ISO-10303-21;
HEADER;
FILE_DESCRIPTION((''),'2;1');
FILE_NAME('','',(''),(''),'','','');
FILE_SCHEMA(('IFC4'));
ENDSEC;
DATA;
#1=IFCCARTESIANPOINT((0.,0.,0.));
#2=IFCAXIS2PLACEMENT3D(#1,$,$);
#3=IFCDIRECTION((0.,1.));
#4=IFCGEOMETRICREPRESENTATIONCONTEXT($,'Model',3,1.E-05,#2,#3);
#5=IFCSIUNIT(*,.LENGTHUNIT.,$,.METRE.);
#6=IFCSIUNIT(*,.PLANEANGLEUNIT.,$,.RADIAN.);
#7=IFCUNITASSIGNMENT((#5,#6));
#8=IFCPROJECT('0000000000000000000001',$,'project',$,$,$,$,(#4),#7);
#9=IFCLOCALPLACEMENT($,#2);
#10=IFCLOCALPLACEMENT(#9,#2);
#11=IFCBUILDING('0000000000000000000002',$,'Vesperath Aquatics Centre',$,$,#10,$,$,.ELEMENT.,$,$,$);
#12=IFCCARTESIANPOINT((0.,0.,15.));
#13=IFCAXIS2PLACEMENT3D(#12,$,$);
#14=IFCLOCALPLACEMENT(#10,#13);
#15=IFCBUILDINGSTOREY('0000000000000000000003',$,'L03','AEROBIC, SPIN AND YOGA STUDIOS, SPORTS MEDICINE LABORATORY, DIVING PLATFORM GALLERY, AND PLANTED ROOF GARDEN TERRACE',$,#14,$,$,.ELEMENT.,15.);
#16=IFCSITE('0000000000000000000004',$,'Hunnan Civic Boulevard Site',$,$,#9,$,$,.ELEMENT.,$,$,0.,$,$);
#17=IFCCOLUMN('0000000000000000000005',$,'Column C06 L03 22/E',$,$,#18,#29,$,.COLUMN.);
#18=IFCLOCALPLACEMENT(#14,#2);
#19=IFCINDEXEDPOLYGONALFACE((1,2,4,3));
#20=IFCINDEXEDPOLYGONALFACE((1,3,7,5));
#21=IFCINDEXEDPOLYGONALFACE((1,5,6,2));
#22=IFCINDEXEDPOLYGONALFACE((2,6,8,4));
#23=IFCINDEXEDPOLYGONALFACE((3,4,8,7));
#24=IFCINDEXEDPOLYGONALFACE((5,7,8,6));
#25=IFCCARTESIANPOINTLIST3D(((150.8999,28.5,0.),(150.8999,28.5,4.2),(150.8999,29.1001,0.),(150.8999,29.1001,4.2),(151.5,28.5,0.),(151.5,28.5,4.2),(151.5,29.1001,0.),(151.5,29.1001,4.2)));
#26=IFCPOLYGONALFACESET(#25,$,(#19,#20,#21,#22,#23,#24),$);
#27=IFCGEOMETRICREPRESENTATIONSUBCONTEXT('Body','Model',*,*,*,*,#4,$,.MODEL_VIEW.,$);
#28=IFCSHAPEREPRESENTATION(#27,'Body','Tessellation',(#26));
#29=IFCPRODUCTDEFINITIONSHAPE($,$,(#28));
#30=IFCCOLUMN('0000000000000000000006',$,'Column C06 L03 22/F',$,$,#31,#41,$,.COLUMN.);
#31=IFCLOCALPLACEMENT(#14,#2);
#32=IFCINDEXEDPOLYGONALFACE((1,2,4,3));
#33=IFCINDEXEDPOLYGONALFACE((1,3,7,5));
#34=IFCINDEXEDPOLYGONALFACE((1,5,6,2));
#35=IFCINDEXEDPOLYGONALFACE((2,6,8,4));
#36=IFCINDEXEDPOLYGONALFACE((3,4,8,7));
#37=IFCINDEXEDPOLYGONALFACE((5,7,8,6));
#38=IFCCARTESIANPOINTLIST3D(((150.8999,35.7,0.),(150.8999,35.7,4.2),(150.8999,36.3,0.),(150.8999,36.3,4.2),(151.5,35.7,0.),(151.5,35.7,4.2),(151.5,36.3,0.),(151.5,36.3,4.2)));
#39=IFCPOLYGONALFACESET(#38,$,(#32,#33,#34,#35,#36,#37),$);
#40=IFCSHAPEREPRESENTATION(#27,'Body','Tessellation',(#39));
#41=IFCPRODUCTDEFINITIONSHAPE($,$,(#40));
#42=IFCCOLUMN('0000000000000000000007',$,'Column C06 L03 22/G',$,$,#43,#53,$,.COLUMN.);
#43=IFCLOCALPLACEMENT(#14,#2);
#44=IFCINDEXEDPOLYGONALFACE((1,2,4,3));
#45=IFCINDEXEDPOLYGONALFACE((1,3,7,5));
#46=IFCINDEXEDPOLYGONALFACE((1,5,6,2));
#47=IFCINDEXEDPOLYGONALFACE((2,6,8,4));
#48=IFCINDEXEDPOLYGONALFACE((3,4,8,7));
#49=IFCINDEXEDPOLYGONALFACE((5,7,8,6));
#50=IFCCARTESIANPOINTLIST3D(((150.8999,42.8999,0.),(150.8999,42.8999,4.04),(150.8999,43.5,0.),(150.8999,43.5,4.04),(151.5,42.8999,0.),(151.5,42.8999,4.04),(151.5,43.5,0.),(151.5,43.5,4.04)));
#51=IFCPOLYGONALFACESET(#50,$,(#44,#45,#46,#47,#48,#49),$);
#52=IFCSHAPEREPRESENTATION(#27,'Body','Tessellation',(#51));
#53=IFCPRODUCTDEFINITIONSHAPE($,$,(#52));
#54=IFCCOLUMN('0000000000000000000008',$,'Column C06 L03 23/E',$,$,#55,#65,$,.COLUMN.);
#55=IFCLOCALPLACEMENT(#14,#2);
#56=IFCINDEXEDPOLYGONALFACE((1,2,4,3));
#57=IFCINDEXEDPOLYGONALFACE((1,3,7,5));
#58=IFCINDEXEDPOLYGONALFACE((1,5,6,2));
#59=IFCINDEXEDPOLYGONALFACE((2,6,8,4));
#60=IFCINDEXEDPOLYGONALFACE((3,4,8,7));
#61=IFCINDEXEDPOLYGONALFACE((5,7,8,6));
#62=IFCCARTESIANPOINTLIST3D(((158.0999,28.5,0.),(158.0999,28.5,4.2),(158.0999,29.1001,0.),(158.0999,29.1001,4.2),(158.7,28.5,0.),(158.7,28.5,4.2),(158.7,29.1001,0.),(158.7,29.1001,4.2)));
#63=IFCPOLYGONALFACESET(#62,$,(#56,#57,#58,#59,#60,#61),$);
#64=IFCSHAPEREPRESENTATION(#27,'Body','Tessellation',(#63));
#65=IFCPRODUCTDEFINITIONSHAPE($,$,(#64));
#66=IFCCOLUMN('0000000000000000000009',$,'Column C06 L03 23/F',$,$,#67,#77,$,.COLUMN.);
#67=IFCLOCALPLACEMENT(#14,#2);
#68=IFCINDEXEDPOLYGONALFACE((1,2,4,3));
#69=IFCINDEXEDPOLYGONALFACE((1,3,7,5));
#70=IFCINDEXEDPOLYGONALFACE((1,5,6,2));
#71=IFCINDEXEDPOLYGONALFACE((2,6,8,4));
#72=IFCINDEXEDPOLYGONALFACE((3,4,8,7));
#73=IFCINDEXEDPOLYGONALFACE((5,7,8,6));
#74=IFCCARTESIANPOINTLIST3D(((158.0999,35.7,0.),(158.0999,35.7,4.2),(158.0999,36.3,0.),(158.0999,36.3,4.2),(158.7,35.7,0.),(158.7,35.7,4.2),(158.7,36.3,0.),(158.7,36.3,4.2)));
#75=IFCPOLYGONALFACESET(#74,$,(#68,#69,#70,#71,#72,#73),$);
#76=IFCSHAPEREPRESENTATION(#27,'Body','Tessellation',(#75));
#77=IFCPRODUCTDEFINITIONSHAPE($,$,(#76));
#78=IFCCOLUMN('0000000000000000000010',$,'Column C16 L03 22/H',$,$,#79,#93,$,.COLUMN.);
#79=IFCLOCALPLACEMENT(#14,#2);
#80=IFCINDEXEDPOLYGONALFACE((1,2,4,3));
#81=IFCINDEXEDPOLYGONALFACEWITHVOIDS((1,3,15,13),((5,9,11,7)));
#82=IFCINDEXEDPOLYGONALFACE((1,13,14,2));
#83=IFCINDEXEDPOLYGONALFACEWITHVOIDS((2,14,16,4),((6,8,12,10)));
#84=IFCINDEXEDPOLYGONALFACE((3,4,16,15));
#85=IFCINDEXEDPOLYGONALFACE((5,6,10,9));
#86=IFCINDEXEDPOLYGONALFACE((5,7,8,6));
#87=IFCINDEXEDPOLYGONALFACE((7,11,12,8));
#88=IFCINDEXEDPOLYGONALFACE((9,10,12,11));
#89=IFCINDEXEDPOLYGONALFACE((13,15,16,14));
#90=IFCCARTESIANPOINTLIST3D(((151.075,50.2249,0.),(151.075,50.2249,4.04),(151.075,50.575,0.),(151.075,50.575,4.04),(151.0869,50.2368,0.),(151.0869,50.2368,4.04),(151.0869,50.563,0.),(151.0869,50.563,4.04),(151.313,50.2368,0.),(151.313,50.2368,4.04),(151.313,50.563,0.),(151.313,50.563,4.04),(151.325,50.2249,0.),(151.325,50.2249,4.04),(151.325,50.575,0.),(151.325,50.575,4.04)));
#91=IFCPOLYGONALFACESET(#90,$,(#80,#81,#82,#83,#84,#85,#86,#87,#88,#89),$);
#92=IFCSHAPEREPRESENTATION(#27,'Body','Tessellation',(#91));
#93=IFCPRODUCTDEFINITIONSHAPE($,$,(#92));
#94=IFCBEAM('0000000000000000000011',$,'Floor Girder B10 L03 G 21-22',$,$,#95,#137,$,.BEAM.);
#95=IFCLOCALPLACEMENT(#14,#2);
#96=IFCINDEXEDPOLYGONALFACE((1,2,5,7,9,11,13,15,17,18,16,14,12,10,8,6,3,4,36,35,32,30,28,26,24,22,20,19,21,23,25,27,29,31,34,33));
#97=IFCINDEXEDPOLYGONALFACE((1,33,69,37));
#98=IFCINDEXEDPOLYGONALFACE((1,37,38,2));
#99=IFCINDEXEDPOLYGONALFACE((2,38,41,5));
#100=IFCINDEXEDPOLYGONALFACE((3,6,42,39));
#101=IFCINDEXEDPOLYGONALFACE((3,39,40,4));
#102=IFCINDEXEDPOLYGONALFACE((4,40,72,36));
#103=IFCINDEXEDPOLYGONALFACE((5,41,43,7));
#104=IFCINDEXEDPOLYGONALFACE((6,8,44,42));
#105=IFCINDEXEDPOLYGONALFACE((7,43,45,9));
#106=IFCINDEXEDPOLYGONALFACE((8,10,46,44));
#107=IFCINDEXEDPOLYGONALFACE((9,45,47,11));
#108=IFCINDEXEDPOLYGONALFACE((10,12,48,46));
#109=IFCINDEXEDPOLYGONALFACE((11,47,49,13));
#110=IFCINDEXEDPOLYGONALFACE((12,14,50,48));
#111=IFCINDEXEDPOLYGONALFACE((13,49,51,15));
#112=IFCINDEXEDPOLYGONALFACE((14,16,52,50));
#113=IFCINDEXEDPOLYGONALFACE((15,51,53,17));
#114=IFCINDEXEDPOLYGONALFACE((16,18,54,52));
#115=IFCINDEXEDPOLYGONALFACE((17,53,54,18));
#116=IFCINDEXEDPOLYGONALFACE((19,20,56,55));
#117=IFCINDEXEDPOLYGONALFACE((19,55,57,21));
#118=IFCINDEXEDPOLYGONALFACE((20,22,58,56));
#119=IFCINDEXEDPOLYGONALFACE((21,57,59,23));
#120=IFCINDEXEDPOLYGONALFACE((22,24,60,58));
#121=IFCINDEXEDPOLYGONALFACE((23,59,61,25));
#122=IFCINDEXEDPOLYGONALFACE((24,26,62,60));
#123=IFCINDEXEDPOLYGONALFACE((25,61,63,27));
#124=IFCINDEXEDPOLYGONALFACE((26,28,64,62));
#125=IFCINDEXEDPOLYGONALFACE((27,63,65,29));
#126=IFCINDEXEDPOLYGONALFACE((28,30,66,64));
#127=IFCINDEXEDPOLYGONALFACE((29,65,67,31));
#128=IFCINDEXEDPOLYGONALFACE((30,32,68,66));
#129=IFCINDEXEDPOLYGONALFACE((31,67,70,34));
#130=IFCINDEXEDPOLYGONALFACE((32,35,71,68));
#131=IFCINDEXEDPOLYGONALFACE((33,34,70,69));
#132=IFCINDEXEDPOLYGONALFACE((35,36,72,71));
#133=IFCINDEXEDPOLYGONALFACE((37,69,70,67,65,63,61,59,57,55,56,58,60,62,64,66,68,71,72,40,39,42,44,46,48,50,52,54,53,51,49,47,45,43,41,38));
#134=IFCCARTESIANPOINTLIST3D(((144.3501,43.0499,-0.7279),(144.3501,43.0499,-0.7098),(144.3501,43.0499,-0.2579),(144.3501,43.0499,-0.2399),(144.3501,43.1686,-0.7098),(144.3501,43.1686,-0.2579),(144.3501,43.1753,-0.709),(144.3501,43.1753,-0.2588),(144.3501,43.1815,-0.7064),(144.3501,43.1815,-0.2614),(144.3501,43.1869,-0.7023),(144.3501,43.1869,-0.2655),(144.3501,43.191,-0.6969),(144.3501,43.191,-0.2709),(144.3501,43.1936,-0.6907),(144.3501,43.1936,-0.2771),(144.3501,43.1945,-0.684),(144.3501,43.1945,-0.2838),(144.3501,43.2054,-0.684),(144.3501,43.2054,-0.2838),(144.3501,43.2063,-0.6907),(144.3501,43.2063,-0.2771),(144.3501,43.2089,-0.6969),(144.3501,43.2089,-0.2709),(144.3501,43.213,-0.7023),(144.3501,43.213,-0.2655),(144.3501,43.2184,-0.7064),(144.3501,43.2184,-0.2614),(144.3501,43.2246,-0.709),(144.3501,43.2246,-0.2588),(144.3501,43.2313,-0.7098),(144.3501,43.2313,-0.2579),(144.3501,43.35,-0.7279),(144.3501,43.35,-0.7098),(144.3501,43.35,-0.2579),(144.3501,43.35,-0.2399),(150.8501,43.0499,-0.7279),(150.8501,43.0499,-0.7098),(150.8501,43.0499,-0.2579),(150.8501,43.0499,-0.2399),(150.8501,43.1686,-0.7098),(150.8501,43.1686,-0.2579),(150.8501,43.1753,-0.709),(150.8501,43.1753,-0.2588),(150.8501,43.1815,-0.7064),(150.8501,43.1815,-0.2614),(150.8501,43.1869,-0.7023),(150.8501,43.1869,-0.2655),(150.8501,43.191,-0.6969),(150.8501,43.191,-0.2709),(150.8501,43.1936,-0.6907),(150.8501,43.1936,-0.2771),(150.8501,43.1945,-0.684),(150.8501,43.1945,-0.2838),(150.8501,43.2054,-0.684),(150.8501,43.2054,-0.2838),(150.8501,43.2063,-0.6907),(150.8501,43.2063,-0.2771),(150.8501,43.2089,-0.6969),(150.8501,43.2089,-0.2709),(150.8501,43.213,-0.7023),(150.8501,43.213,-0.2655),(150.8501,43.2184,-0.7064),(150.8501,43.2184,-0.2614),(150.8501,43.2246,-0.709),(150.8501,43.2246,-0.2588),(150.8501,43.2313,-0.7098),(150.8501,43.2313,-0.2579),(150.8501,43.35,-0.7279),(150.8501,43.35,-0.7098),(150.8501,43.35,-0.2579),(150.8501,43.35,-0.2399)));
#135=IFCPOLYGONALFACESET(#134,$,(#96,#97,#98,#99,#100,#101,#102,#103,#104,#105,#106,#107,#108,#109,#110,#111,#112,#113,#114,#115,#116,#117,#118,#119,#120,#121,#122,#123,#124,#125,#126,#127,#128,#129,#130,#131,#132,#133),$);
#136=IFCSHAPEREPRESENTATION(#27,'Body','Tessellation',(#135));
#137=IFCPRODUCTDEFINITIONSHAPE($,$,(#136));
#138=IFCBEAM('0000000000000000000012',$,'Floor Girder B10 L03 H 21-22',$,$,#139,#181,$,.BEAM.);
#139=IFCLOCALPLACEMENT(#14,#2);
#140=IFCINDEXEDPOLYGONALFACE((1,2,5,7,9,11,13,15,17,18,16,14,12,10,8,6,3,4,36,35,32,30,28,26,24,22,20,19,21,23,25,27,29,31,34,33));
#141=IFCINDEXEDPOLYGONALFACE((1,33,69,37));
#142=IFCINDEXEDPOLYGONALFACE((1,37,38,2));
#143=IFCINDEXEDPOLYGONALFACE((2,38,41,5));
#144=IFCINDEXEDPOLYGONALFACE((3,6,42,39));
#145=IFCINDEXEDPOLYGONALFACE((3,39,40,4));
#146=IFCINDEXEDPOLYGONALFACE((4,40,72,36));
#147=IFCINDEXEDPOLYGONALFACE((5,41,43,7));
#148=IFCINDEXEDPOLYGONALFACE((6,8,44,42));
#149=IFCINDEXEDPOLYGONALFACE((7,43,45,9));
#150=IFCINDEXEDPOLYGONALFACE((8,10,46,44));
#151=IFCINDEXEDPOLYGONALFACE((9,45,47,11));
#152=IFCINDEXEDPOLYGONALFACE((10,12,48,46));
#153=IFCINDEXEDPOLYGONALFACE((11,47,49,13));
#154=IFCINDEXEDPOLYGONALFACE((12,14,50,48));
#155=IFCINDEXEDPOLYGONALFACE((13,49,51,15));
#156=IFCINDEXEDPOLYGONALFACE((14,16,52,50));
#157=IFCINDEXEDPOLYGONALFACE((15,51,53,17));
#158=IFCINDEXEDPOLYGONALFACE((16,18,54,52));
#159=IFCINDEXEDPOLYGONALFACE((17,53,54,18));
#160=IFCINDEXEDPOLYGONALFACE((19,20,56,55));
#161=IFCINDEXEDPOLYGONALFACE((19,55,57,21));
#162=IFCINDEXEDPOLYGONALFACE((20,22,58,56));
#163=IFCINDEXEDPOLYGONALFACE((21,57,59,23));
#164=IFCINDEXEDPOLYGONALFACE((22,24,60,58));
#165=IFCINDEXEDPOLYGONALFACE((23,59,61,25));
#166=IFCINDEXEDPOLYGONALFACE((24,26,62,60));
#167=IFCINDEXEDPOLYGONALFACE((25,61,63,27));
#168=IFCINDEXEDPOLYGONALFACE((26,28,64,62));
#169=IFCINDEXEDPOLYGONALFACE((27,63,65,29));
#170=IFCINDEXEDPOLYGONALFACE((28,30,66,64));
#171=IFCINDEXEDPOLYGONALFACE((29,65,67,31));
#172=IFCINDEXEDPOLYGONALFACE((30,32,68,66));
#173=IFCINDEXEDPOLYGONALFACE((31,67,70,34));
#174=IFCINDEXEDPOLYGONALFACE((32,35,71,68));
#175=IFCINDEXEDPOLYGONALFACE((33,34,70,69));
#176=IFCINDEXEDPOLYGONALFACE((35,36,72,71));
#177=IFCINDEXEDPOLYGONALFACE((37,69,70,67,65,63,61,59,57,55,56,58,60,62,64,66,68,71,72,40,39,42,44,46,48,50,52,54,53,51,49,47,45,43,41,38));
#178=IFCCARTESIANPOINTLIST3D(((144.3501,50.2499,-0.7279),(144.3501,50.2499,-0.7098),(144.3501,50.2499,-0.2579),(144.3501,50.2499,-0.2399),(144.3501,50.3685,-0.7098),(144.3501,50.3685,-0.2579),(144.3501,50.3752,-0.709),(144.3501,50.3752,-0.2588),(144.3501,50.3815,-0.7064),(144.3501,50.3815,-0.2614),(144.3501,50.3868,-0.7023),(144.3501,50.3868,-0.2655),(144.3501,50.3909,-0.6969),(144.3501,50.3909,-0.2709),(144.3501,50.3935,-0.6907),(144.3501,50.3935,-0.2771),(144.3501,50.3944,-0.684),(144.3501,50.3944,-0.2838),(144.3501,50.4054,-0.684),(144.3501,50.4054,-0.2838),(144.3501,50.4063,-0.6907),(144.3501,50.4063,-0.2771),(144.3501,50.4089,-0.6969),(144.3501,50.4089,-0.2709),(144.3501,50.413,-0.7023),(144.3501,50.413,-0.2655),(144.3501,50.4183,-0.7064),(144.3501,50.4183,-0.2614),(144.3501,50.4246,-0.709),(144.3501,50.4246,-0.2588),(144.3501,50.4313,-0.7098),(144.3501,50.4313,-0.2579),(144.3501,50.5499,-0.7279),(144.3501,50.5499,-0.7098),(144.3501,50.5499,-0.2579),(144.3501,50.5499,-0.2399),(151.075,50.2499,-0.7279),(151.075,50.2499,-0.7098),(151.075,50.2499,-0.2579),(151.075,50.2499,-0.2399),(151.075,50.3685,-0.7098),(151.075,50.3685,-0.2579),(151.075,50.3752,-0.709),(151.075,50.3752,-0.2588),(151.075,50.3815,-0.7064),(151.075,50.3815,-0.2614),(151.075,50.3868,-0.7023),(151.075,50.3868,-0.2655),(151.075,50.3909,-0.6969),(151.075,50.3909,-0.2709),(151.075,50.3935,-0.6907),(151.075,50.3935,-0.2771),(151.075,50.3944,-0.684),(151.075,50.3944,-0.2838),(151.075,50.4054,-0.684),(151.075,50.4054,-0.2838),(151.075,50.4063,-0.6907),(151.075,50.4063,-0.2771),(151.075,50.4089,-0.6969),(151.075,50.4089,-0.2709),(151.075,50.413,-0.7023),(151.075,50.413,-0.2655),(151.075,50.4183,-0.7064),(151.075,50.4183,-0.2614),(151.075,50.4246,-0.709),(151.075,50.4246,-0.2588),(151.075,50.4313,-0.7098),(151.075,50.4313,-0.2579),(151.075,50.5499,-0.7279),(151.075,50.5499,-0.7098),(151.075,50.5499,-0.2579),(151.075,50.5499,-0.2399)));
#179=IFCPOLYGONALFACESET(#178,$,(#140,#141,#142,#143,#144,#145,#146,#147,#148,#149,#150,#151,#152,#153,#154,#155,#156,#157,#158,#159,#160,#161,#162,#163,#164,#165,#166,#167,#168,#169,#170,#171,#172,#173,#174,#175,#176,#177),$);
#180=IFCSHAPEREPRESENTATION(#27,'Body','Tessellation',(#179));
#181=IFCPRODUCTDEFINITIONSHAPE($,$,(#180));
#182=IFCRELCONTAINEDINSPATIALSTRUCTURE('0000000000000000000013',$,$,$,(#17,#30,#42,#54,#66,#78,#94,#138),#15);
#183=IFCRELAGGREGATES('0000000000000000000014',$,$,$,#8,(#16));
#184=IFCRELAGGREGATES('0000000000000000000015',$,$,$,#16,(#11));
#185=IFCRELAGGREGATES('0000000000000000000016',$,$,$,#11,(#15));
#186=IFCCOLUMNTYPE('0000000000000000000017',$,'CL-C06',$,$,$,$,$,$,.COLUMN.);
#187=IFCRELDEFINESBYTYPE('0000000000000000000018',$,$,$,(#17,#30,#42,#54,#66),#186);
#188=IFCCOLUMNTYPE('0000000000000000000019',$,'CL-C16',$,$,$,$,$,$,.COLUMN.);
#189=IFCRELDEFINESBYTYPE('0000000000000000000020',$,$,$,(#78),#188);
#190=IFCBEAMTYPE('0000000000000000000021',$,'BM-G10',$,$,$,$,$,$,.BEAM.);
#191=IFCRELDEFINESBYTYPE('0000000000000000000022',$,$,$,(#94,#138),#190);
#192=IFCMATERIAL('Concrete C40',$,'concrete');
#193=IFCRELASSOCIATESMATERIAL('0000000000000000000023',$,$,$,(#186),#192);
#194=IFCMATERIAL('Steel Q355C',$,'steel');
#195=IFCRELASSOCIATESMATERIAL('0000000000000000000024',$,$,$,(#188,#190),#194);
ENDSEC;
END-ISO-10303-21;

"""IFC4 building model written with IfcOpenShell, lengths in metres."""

from ifc_helpers import new_model, si_unit, direction, frame, origin, origin_2d, place, context, subcontext, project, spatial, rectangle, hollow_rectangle, i_section, extrude, material, material_profile, profile_set, type_object, element, save


model = new_model("IFC4")

# Units and contexts
model_context = context("Model", 3, precision=1e-05, world=origin(), true_north=direction((0.0, 1.0)))
body_context = subcontext(model_context, "Body", "Model", "MODEL_VIEW")
ifc_project = project(units=[si_unit("LENGTHUNIT", "METRE"), si_unit("PLANEANGLEUNIT", "RADIAN")], contexts=[model_context])

# Site, building, storey
site_placement = place(None, origin())
site = spatial("IfcSite", under=ifc_project, at=site_placement, Name="Hunnan Civic Boulevard Site", CompositionType="ELEMENT", RefElevation=0.0)
building_placement = place(site_placement, origin())
building = spatial("IfcBuilding", under=site, at=building_placement, Name="Vesperath Aquatics Centre", CompositionType="ELEMENT")
storey_placement = place(building_placement, frame((0.0, 0.0, 15.0)))
storey = spatial("IfcBuildingStorey", under=building, at=storey_placement, Name="L03", Description="AEROBIC, SPIN AND YOGA STUDIOS, SPORTS MEDICINE LABORATORY, DIVING PLATFORM GALLERY, AND PLANTED ROOF GARDEN TERRACE", CompositionType="ELEMENT", Elevation=15.0)

# Columns
ifc_material_1 = material(Name="Concrete C40", Category="concrete")
ifc_material_profile_1 = material_profile(ifc_material_1, rectangle(XDim=0.6001, YDim=0.6001, at=origin_2d()), Name="RC 600x600")
ifc_profile_set_1 = profile_set([ifc_material_profile_1], Name="Concrete C40")
column_type_1 = type_object("IfcColumnType", Name="CL-C06", PredefinedType="COLUMN", material=ifc_profile_set_1)
for number, where, z_axis, x_axis, name in (
    (1, (151.2, 28.8, 0.0), (0.0, 0.0, 1.0), (1.0, 0.0, 0.0), "Column C06 L03 22/E"),
    (2, (151.2, 36.0, 0.0), (0.0, 0.0, 1.0), (1.0, 0.0, 0.0), "Column C06 L03 22/F"),
):
    element("IfcColumn", number, at=place(storey_placement, frame(where, z_axis=z_axis, x_axis=x_axis)), inside=storey, type_object=column_type_1, Name=name, PredefinedType="COLUMN", context=body_context, shape_type="SweptSolid", body=[
        extrude(rectangle(XDim=0.6001, YDim=0.6001, at=origin_2d()), origin(), (0.0, 0.0, 1.0), 4.2),
    ])
column_1_placement = place(storey_placement, frame((151.2, 43.2, 0.0), z_axis=(0.0, 0.0, 1.0), x_axis=(1.0, 0.0, 0.0)))
element("IfcColumn", 3, at=column_1_placement, inside=storey, type_object=column_type_1, Name="Column C06 L03 22/G", PredefinedType="COLUMN", context=body_context, shape_type="SweptSolid", body=[
    extrude(rectangle(XDim=0.6001, YDim=0.6001, at=origin_2d()), origin(), (0.0, 0.0, 1.0), 4.04),
])
for number, where, z_axis, x_axis, name in (
    (4, (158.3999, 28.8, 0.0), (0.0, 0.0, 1.0), (1.0, 0.0, 0.0), "Column C06 L03 23/E"),
    (5, (158.3999, 36.0, 0.0), (0.0, 0.0, 1.0), (1.0, 0.0, 0.0), "Column C06 L03 23/F"),
):
    element("IfcColumn", number, at=place(storey_placement, frame(where, z_axis=z_axis, x_axis=x_axis)), inside=storey, type_object=column_type_1, Name=name, PredefinedType="COLUMN", context=body_context, shape_type="SweptSolid", body=[
        extrude(rectangle(XDim=0.6001, YDim=0.6001, at=origin_2d()), origin(), (0.0, 0.0, 1.0), 4.2),
    ])
ifc_material_2 = material(Name="Steel Q355C", Category="steel")
ifc_material_profile_2 = material_profile(ifc_material_2, hollow_rectangle(XDim=0.25, YDim=0.3501, WallThickness=0.012, at=origin_2d()), Name="RHS 350x250x12")
ifc_profile_set_2 = profile_set([ifc_material_profile_2], Name="Steel Q355C")
column_type_2 = type_object("IfcColumnType", Name="CL-C16", PredefinedType="COLUMN", material=ifc_profile_set_2)
column_2_placement = place(storey_placement, frame((151.2, 50.3999, 0.0), z_axis=(0.0, 0.0, 1.0), x_axis=(1.0, 0.0, 0.0)))
element("IfcColumn", 6, at=column_2_placement, inside=storey, type_object=column_type_2, Name="Column C16 L03 22/H", PredefinedType="COLUMN", context=body_context, shape_type="SweptSolid", body=[
    extrude(hollow_rectangle(XDim=0.25, YDim=0.3501, WallThickness=0.012, at=origin_2d()), origin(), (0.0, 0.0, 1.0), 4.04),
])

# Beams
ifc_material_profile_3 = material_profile(ifc_material_2, i_section(OverallWidth=0.3, OverallDepth=0.488, WebThickness=0.011, FlangeThickness=0.0181, FilletRadius=0.0259, at=origin_2d()), Name="HM 488x300x11x18")
ifc_profile_set_3 = profile_set([ifc_material_profile_3], Name="Steel Q355C")
beam_type_1 = type_object("IfcBeamType", Name="BM-G10", PredefinedType="BEAM", material=ifc_profile_set_3)
beam_1_placement = place(storey_placement, frame((144.3501, 43.2, -0.4839), z_axis=(1.0, 0.0, 0.0), x_axis=(0.0, 1.0, 0.0)))
element("IfcBeam", 7, at=beam_1_placement, inside=storey, type_object=beam_type_1, Name="Floor Girder B10 L03 G 21-22", PredefinedType="BEAM", context=body_context, shape_type="SweptSolid", body=[
    extrude(i_section(OverallWidth=0.3, OverallDepth=0.488, WebThickness=0.011, FlangeThickness=0.0181, FilletRadius=0.0259, at=origin_2d()), origin(), (0.0, 0.0, 1.0), 6.5),
])
beam_2_placement = place(storey_placement, frame((144.3501, 50.3999, -0.4839), z_axis=(1.0, 0.0, 0.0), x_axis=(0.0, 1.0, 0.0)))
element("IfcBeam", 8, at=beam_2_placement, inside=storey, type_object=beam_type_1, Name="Floor Girder B10 L03 H 21-22", PredefinedType="BEAM", context=body_context, shape_type="SweptSolid", body=[
    extrude(i_section(OverallWidth=0.3, OverallDepth=0.488, WebThickness=0.011, FlangeThickness=0.0181, FilletRadius=0.0259, at=origin_2d()), origin(), (0.0, 0.0, 1.0), 6.7249),
])

save(model, "model.ifc")
